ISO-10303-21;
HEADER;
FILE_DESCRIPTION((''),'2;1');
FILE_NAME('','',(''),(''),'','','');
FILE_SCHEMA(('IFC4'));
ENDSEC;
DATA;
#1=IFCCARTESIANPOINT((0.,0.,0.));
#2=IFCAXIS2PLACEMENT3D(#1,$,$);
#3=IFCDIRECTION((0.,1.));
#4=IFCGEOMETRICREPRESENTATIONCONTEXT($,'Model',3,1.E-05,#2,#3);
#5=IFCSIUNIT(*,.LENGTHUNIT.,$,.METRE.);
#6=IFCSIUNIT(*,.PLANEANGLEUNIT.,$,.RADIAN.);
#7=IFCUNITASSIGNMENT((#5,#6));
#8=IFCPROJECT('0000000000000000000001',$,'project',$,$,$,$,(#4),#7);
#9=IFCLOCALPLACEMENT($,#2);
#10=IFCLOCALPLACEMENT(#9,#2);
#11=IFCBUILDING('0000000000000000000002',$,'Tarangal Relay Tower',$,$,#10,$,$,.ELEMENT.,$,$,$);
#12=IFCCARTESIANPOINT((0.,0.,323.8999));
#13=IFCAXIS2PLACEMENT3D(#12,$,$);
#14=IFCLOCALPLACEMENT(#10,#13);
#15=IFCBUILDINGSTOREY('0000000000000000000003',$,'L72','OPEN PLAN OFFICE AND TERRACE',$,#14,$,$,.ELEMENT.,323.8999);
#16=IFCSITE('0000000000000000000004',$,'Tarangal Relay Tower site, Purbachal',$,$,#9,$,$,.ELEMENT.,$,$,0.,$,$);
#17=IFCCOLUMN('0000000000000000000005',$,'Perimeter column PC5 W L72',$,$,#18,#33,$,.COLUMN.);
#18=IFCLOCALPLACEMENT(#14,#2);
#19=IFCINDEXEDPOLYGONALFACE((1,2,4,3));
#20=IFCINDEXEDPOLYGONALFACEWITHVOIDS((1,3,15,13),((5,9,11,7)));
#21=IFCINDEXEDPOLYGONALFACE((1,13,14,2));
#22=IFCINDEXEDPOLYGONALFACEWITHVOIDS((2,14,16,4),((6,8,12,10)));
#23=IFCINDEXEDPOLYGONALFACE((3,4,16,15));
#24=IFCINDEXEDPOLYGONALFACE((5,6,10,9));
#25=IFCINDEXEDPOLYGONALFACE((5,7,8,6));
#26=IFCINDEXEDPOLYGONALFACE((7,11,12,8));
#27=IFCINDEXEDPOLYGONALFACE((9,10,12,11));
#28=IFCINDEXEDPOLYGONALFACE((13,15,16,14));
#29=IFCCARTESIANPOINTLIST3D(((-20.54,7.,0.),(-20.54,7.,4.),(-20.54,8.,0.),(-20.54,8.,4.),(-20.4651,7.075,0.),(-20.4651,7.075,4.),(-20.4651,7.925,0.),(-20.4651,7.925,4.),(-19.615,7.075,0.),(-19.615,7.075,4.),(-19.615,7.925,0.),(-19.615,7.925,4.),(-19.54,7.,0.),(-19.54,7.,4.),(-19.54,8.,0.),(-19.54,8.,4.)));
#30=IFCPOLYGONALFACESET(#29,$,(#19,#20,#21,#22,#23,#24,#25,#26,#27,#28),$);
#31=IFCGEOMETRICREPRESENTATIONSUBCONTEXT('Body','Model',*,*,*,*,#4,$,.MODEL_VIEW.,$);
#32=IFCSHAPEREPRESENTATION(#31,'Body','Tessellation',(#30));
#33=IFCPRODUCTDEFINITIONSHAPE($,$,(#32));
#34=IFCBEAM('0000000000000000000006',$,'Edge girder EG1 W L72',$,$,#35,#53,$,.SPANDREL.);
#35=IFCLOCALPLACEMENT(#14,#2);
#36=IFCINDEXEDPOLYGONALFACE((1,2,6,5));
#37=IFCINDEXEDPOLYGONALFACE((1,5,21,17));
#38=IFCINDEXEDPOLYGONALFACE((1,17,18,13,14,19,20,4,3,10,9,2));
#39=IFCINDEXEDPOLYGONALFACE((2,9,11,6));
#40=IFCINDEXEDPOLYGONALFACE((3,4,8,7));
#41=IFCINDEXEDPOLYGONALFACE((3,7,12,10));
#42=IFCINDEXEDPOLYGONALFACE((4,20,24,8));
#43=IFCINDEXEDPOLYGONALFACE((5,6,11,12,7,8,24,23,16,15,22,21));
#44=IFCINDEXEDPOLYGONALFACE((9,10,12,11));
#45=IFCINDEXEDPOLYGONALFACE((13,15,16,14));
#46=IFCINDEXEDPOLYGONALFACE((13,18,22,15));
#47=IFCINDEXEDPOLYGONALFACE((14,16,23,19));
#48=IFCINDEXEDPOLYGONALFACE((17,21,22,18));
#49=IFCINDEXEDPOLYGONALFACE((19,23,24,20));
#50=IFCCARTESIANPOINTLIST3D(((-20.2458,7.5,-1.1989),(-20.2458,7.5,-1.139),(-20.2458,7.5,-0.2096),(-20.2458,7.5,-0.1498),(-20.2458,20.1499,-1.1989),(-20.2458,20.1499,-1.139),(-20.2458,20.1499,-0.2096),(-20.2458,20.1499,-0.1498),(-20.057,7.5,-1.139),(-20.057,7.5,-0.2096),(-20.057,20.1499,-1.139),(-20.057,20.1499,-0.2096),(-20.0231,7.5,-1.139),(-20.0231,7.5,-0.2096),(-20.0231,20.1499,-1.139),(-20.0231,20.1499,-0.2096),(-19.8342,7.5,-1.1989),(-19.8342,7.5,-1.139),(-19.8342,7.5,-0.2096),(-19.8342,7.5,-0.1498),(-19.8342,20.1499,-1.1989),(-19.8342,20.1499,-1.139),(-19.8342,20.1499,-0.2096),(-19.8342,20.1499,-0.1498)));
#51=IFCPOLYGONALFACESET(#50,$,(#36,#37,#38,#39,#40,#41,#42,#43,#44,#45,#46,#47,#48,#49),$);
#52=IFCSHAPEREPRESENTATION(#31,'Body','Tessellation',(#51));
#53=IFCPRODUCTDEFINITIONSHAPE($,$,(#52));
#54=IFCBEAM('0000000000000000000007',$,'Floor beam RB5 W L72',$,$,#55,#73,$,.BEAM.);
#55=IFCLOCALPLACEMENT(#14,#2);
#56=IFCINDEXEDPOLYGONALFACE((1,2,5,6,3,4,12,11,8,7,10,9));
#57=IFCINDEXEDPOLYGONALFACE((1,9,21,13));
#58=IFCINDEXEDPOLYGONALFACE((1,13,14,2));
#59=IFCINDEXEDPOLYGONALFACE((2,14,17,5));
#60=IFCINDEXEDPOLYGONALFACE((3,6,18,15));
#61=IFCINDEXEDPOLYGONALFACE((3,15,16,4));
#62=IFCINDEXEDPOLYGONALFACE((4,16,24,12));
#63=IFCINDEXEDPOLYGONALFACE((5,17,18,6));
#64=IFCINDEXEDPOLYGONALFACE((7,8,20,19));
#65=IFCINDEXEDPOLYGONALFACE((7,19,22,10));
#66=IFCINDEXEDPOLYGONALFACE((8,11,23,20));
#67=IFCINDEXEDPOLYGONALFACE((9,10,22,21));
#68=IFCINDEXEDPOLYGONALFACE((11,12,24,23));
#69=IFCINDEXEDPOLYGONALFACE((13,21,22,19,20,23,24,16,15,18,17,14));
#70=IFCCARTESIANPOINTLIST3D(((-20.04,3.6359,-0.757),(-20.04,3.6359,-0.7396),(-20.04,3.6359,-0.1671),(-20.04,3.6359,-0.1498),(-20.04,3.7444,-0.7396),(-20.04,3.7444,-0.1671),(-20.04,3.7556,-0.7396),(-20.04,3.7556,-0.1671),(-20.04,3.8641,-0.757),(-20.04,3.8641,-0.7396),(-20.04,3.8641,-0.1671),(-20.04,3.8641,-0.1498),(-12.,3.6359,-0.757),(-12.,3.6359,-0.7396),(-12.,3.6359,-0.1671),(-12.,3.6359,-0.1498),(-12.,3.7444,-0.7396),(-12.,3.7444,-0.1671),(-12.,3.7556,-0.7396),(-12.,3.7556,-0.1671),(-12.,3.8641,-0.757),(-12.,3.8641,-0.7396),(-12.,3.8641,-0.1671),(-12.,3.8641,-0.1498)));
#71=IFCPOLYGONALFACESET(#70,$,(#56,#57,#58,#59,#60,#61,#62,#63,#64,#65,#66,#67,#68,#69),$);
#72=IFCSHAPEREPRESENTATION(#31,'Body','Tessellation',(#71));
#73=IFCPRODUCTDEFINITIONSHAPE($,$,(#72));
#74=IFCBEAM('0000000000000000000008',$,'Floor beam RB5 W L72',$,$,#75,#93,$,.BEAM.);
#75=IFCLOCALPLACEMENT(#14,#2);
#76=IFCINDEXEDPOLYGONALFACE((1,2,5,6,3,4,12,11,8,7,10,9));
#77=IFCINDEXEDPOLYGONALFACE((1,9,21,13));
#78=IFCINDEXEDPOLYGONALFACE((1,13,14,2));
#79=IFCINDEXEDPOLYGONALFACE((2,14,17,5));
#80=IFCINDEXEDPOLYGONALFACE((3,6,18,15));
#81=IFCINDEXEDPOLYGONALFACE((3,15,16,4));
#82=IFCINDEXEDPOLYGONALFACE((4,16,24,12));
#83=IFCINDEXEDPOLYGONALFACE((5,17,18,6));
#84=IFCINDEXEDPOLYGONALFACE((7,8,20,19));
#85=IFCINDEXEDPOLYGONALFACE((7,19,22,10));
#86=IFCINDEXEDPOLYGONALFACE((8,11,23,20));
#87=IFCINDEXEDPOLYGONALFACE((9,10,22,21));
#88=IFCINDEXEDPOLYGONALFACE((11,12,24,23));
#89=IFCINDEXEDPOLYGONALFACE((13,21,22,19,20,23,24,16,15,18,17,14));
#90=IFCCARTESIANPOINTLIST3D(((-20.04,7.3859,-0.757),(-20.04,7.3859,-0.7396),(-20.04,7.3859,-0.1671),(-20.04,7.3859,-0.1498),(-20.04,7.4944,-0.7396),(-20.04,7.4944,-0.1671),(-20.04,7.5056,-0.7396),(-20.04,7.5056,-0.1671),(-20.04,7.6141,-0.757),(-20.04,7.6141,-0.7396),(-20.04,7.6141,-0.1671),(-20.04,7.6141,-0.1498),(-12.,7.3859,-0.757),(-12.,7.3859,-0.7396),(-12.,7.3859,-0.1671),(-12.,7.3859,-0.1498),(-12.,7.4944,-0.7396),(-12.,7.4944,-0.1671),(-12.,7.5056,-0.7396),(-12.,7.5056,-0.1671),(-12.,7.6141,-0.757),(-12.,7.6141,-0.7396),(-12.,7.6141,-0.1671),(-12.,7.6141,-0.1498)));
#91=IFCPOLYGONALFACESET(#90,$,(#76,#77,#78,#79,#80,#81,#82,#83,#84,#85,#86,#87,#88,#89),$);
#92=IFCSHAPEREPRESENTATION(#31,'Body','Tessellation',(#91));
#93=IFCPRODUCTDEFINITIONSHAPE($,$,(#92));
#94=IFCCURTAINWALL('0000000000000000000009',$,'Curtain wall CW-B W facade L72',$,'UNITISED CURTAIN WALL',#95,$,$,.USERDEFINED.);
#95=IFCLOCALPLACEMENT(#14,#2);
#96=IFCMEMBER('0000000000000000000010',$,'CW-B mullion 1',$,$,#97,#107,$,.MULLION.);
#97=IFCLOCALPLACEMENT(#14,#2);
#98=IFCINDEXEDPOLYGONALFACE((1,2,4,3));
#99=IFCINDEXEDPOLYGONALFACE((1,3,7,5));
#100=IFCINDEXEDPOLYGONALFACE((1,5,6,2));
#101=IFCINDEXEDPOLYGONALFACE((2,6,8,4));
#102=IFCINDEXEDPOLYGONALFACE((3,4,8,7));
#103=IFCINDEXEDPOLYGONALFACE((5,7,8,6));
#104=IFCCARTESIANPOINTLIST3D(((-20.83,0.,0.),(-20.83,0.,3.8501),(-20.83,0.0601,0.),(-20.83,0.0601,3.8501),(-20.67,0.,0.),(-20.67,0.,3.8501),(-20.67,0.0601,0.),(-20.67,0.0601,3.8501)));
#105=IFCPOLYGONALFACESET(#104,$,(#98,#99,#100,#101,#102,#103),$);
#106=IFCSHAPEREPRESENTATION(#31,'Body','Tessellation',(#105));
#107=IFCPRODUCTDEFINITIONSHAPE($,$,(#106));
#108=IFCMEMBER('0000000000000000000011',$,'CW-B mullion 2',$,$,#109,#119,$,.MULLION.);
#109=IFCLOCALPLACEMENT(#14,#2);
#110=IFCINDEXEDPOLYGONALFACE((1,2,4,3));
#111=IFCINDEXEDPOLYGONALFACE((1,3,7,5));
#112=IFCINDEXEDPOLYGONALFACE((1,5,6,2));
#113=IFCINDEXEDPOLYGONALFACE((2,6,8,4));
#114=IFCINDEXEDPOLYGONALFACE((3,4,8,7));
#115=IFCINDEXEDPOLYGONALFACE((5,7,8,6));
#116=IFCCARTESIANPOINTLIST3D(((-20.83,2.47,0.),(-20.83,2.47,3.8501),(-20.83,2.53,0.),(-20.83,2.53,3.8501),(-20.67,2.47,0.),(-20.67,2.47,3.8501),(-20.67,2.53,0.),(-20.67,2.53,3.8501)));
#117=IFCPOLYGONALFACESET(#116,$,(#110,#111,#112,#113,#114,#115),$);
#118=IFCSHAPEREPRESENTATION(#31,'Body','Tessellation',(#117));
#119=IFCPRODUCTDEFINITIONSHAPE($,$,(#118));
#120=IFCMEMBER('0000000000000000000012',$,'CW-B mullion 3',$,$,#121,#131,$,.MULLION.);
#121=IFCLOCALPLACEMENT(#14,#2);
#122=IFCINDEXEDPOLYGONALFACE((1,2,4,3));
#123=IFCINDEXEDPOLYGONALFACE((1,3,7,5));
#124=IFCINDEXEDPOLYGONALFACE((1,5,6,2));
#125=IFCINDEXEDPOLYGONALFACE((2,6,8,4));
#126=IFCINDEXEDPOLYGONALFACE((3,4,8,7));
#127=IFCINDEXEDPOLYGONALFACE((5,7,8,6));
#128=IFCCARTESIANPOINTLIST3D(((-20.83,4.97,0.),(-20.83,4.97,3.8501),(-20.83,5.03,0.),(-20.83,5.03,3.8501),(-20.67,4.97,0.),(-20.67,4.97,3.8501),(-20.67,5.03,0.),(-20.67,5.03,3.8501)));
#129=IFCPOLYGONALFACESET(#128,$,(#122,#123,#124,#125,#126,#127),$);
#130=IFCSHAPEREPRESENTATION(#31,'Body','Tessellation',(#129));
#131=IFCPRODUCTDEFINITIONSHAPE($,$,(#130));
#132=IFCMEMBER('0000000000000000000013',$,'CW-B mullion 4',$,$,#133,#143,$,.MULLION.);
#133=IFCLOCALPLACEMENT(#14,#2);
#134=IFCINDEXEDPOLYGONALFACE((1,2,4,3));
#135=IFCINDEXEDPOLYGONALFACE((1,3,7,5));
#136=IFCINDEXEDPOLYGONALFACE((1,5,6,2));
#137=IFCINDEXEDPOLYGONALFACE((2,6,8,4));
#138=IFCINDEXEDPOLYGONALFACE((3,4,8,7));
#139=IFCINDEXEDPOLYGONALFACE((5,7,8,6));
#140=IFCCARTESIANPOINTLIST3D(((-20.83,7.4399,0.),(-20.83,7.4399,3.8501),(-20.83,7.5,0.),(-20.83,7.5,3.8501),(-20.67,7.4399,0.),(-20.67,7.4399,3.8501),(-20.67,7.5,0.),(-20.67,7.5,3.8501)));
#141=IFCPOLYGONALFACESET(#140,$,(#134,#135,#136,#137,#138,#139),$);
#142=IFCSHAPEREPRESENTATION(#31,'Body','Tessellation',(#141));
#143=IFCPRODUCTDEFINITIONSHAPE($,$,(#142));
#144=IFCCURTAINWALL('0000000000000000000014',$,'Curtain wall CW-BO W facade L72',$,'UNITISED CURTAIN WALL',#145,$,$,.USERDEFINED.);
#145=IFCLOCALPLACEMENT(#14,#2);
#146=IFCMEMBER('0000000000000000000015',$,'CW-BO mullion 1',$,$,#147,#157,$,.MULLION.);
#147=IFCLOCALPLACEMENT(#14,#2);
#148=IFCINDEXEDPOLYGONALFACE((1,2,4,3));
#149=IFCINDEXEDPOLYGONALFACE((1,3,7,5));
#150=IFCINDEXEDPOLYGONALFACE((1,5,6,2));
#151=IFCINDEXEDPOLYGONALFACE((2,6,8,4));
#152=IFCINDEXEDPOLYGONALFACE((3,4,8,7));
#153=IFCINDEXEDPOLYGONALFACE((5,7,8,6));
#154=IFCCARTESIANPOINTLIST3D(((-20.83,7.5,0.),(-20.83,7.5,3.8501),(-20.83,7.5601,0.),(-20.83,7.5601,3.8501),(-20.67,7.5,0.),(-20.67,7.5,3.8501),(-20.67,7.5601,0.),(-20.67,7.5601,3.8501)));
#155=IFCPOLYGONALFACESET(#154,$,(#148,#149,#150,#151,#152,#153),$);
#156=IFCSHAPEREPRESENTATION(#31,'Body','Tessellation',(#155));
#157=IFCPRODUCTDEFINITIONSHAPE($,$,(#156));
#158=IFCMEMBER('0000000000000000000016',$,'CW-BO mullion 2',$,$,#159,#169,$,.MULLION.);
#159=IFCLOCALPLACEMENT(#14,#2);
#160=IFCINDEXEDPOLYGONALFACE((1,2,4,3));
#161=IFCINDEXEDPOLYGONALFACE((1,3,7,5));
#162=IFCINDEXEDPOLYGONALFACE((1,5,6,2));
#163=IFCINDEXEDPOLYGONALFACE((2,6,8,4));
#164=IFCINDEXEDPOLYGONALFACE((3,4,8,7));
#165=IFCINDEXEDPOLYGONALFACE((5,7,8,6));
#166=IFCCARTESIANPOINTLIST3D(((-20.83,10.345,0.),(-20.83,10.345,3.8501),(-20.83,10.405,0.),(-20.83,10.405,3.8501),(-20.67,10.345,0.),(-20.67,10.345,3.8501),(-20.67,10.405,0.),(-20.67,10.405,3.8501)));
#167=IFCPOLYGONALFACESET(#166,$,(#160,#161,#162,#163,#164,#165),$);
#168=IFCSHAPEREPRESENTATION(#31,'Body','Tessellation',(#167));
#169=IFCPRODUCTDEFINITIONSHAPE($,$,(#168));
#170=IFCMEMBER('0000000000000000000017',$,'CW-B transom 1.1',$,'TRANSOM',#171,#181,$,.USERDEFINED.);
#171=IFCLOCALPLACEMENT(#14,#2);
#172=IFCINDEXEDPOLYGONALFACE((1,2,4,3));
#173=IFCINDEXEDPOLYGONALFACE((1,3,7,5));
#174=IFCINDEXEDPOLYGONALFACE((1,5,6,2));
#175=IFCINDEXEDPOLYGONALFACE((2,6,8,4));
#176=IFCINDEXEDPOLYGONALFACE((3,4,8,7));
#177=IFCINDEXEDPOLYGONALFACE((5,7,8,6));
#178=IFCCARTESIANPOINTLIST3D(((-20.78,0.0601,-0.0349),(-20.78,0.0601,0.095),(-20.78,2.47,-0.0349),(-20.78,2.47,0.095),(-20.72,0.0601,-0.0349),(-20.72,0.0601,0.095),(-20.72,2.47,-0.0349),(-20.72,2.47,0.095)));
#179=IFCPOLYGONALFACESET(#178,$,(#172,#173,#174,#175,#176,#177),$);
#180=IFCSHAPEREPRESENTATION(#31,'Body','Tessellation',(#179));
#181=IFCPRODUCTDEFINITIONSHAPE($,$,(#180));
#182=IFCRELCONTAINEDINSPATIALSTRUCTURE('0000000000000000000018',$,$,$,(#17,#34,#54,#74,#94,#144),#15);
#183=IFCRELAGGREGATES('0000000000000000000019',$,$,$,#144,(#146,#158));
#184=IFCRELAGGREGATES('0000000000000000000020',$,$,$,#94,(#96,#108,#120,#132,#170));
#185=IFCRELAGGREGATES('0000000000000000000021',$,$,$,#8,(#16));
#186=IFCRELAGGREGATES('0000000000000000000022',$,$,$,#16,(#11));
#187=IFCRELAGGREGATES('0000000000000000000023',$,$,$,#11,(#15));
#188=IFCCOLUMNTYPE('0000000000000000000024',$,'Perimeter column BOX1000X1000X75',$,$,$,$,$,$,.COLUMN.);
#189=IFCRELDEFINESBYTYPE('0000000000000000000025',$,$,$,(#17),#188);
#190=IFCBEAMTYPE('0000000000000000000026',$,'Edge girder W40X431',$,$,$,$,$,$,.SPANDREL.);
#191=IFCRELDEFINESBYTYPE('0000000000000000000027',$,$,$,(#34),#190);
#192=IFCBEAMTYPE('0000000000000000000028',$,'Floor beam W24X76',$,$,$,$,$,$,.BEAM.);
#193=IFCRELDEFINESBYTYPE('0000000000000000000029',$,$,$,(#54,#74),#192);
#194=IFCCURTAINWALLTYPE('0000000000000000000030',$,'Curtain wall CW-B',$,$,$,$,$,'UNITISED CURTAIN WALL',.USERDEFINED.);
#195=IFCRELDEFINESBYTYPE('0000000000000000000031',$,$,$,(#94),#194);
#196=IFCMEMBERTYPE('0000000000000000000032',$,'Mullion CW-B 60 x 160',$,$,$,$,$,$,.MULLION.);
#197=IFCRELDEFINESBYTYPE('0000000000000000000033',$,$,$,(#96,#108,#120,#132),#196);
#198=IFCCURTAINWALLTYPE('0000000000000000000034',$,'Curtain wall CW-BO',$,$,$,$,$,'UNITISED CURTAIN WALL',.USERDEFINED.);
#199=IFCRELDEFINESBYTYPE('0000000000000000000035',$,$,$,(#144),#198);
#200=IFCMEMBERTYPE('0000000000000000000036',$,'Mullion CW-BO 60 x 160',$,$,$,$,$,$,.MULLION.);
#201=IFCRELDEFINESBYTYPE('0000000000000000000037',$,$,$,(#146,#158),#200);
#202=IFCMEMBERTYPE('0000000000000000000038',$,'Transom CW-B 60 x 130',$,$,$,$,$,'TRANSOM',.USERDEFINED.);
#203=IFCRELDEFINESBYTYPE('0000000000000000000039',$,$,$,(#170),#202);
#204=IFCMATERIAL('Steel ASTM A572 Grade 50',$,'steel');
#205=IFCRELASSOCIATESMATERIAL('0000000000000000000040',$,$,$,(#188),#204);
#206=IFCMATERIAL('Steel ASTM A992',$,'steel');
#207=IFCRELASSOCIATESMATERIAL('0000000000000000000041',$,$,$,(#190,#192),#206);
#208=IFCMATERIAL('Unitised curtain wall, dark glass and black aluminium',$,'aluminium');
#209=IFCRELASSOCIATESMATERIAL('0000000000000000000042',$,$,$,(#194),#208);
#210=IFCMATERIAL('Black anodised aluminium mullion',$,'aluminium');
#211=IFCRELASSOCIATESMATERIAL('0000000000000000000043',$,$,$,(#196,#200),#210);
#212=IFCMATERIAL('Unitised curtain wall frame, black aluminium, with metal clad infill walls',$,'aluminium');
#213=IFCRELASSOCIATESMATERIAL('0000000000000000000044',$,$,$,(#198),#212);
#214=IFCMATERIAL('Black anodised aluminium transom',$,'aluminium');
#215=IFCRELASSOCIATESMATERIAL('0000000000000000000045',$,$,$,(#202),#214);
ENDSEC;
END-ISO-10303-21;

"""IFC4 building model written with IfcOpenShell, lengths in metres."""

from ifc_helpers import new_model, si_unit, direction, frame, origin, origin_2d, place, context, subcontext, project, spatial, rectangle, hollow_rectangle, i_section, extrude, material, material_profile, profile_set, type_object, element, aggregate, save


model = new_model("IFC4")

# Units and contexts
model_context = context("Model", 3, precision=1e-05, world=origin(), true_north=direction((0.0, 1.0)))
body_context = subcontext(model_context, "Body", "Model", "MODEL_VIEW")
ifc_project = project(units=[si_unit("LENGTHUNIT", "METRE"), si_unit("PLANEANGLEUNIT", "RADIAN")], contexts=[model_context])

# Site, building, storey
site_placement = place(None, origin())
site = spatial("IfcSite", under=ifc_project, at=site_placement, Name="Tarangal Relay Tower site, Purbachal", CompositionType="ELEMENT", RefElevation=0.0)
building_placement = place(site_placement, origin())
building = spatial("IfcBuilding", under=site, at=building_placement, Name="Tarangal Relay Tower", CompositionType="ELEMENT")
storey_placement = place(building_placement, frame((0.0, 0.0, 323.8999)))
storey = spatial("IfcBuildingStorey", under=building, at=storey_placement, Name="L72", Description="OPEN PLAN OFFICE AND TERRACE", CompositionType="ELEMENT", Elevation=323.8999)

# Column
ifc_material_1 = material(Name="Steel ASTM A572 Grade 50", Category="steel")
ifc_material_profile_1 = material_profile(ifc_material_1, hollow_rectangle(XDim=1.0, YDim=1.0, WallThickness=0.075, at=origin_2d()), Name="BOX1000X1000X75")
ifc_profile_set_1 = profile_set([ifc_material_profile_1], Name="Steel ASTM A572 Grade 50")
column_type = type_object("IfcColumnType", Name="Perimeter column BOX1000X1000X75", PredefinedType="COLUMN", material=ifc_profile_set_1)
column_placement = place(storey_placement, frame((-20.04, 7.5, 0.0), z_axis=(0.0, 0.0, 1.0), x_axis=(1.0, 0.0, 0.0)))
element("IfcColumn", 1, at=column_placement, inside=storey, type_object=column_type, Name="Perimeter column PC5 W L72", PredefinedType="COLUMN", context=body_context, shape_type="SweptSolid", body=[
    extrude(hollow_rectangle(XDim=1.0, YDim=1.0, WallThickness=0.075, at=origin_2d()), origin(), (0.0, 0.0, 1.0), 4.0),
])

# Beams
ifc_material_2 = material(Name="Steel ASTM A992", Category="steel")
ifc_material_profile_2 = material_profile(ifc_material_2, i_section(OverallWidth=0.4116, OverallDepth=1.0491, WebThickness=0.0339, FlangeThickness=0.0598, at=origin_2d()), Name="W40X431")
ifc_profile_set_2 = profile_set([ifc_material_profile_2], Name="Steel ASTM A992")
beam_type_1 = type_object("IfcBeamType", Name="Edge girder W40X431", PredefinedType="SPANDREL", material=ifc_profile_set_2)
beam_placement = place(storey_placement, frame((-20.04, 7.5, -0.6743), z_axis=(0.0, 1.0, 0.0), x_axis=(-1.0, 0.0, 0.0)))
element("IfcBeam", 2, at=beam_placement, inside=storey, type_object=beam_type_1, Name="Edge girder EG1 W L72", PredefinedType="SPANDREL", context=body_context, shape_type="SweptSolid", body=[
    extrude(i_section(OverallWidth=0.4116, OverallDepth=1.0491, WebThickness=0.0339, FlangeThickness=0.0598, at=origin_2d()), origin(), (0.0, 0.0, 1.0), 12.6499),
])
ifc_material_profile_3 = material_profile(ifc_material_2, i_section(OverallWidth=0.2283, OverallDepth=0.6072, WebThickness=0.0112, FlangeThickness=0.0173, at=origin_2d()), Name="W24X76")
ifc_profile_set_3 = profile_set([ifc_material_profile_3], Name="Steel ASTM A992")
beam_type_2 = type_object("IfcBeamType", Name="Floor beam W24X76", PredefinedType="BEAM", material=ifc_profile_set_3)
for number, where, z_axis, x_axis, name in (
    (3, (-12.0, 3.75, -0.4534), (-1.0, 0.0, 0.0), (0.0, -1.0, 0.0), "Floor beam RB5 W L72"),
    (4, (-12.0, 7.5, -0.4534), (-1.0, 0.0, 0.0), (0.0, -1.0, 0.0), "Floor beam RB5 W L72"),
):
    element("IfcBeam", number, at=place(storey_placement, frame(where, z_axis=z_axis, x_axis=x_axis)), inside=storey, type_object=beam_type_2, Name=name, PredefinedType="BEAM", context=body_context, shape_type="SweptSolid", body=[
        extrude(i_section(OverallWidth=0.2283, OverallDepth=0.6072, WebThickness=0.0112, FlangeThickness=0.0173, at=origin_2d()), origin(), (0.0, 0.0, 1.0), 8.04),
    ])

# Curtain walls, members
ifc_material_3 = material(Name="Unitised curtain wall, dark glass and black aluminium", Category="aluminium")
curtain_wall_type_1 = type_object("IfcCurtainWallType", Name="Curtain wall CW-B", ElementType="UNITISED CURTAIN WALL", PredefinedType="USERDEFINED", material=ifc_material_3)
curtain_wall_1_placement = place(storey_placement, origin())
curtain_wall_1 = element("IfcCurtainWall", 5, at=curtain_wall_1_placement, inside=storey, type_object=curtain_wall_type_1, Name="Curtain wall CW-B W facade L72", ObjectType="UNITISED CURTAIN WALL", PredefinedType="USERDEFINED")
ifc_material_4 = material(Name="Black anodised aluminium mullion", Category="aluminium")
ifc_material_profile_4 = material_profile(ifc_material_4, rectangle(XDim=0.1599, YDim=0.0601, at=origin_2d()), Name="CW-BM 60X160")
ifc_profile_set_4 = profile_set([ifc_material_profile_4], Name="Black anodised aluminium mullion")
member_type_1 = type_object("IfcMemberType", Name="Mullion CW-B 60 x 160", PredefinedType="MULLION", material=ifc_profile_set_4)
member_1_placement = place(storey_placement, frame((-20.75, 0.03, 0.0), z_axis=(0.0, 0.0, 1.0), x_axis=(-1.0, 0.0, 0.0)))
member_1 = element("IfcMember", 6, at=member_1_placement, type_object=member_type_1, Name="CW-B mullion 1", PredefinedType="MULLION", context=body_context, shape_type="SweptSolid", body=[
    extrude(rectangle(XDim=0.1599, YDim=0.0601, at=origin_2d()), origin(), (0.0, 0.0, 1.0), 3.8501),
])
member_2_placement = place(storey_placement, frame((-20.75, 2.5, 0.0), z_axis=(0.0, 0.0, 1.0), x_axis=(-1.0, 0.0, 0.0)))
member_2 = element("IfcMember", 7, at=member_2_placement, type_object=member_type_1, Name="CW-B mullion 2", PredefinedType="MULLION", context=body_context, shape_type="SweptSolid", body=[
    extrude(rectangle(XDim=0.1599, YDim=0.0601, at=origin_2d()), origin(), (0.0, 0.0, 1.0), 3.8501),
])
member_3_placement = place(storey_placement, frame((-20.75, 5.0, 0.0), z_axis=(0.0, 0.0, 1.0), x_axis=(-1.0, 0.0, 0.0)))
member_3 = element("IfcMember", 8, at=member_3_placement, type_object=member_type_1, Name="CW-B mullion 3", PredefinedType="MULLION", context=body_context, shape_type="SweptSolid", body=[
    extrude(rectangle(XDim=0.1599, YDim=0.0601, at=origin_2d()), origin(), (0.0, 0.0, 1.0), 3.8501),
])
member_4_placement = place(storey_placement, frame((-20.75, 7.47, 0.0), z_axis=(0.0, 0.0, 1.0), x_axis=(-1.0, 0.0, 0.0)))
member_4 = element("IfcMember", 9, at=member_4_placement, type_object=member_type_1, Name="CW-B mullion 4", PredefinedType="MULLION", context=body_context, shape_type="SweptSolid", body=[
    extrude(rectangle(XDim=0.1599, YDim=0.0601, at=origin_2d()), origin(), (0.0, 0.0, 1.0), 3.8501),
])
ifc_material_5 = material(Name="Unitised curtain wall frame, black aluminium, with metal clad infill walls", Category="aluminium")
curtain_wall_type_2 = type_object("IfcCurtainWallType", Name="Curtain wall CW-BO", ElementType="UNITISED CURTAIN WALL", PredefinedType="USERDEFINED", material=ifc_material_5)
curtain_wall_2_placement = place(storey_placement, origin())
curtain_wall_2 = element("IfcCurtainWall", 10, at=curtain_wall_2_placement, inside=storey, type_object=curtain_wall_type_2, Name="Curtain wall CW-BO W facade L72", ObjectType="UNITISED CURTAIN WALL", PredefinedType="USERDEFINED")
ifc_material_profile_5 = material_profile(ifc_material_4, rectangle(XDim=0.1599, YDim=0.0601, at=origin_2d()), Name="CW-BOM 60X160")
ifc_profile_set_5 = profile_set([ifc_material_profile_5], Name="Black anodised aluminium mullion")
member_type_2 = type_object("IfcMemberType", Name="Mullion CW-BO 60 x 160", PredefinedType="MULLION", material=ifc_profile_set_5)
member_5_placement = place(storey_placement, frame((-20.75, 7.53, 0.0), z_axis=(0.0, 0.0, 1.0), x_axis=(-1.0, 0.0, 0.0)))
member_5 = element("IfcMember", 11, at=member_5_placement, type_object=member_type_2, Name="CW-BO mullion 1", PredefinedType="MULLION", context=body_context, shape_type="SweptSolid", body=[
    extrude(rectangle(XDim=0.1599, YDim=0.0601, at=origin_2d()), origin(), (0.0, 0.0, 1.0), 3.8501),
])
member_6_placement = place(storey_placement, frame((-20.75, 10.375, 0.0), z_axis=(0.0, 0.0, 1.0), x_axis=(-1.0, 0.0, 0.0)))
member_6 = element("IfcMember", 12, at=member_6_placement, type_object=member_type_2, Name="CW-BO mullion 2", PredefinedType="MULLION", context=body_context, shape_type="SweptSolid", body=[
    extrude(rectangle(XDim=0.1599, YDim=0.0601, at=origin_2d()), origin(), (0.0, 0.0, 1.0), 3.8501),
])

# Member
ifc_material_6 = material(Name="Black anodised aluminium transom", Category="aluminium")
ifc_material_profile_6 = material_profile(ifc_material_6, rectangle(XDim=0.0601, YDim=0.1299, at=origin_2d()), Name="CW-BT 60X130")
ifc_profile_set_6 = profile_set([ifc_material_profile_6], Name="Black anodised aluminium transom")
member_type_3 = type_object("IfcMemberType", Name="Transom CW-B 60 x 130", ElementType="TRANSOM", PredefinedType="USERDEFINED", material=ifc_profile_set_6)
member_7_placement = place(storey_placement, frame((-20.75, 0.0601, 0.03), z_axis=(0.0, 1.0, 0.0), x_axis=(-1.0, 0.0, 0.0)))
member_7 = element("IfcMember", 13, at=member_7_placement, type_object=member_type_3, Name="CW-B transom 1.1", ObjectType="TRANSOM", PredefinedType="USERDEFINED", context=body_context, shape_type="SweptSolid", body=[
    extrude(rectangle(XDim=0.0601, YDim=0.1299, at=origin_2d()), origin(), (0.0, 0.0, 1.0), 2.4099),
])
aggregate(curtain_wall_2, [member_5, member_6])

aggregate(curtain_wall_1, [member_1, member_2, member_3, member_4, member_7])

save(model, "model.ifc")
